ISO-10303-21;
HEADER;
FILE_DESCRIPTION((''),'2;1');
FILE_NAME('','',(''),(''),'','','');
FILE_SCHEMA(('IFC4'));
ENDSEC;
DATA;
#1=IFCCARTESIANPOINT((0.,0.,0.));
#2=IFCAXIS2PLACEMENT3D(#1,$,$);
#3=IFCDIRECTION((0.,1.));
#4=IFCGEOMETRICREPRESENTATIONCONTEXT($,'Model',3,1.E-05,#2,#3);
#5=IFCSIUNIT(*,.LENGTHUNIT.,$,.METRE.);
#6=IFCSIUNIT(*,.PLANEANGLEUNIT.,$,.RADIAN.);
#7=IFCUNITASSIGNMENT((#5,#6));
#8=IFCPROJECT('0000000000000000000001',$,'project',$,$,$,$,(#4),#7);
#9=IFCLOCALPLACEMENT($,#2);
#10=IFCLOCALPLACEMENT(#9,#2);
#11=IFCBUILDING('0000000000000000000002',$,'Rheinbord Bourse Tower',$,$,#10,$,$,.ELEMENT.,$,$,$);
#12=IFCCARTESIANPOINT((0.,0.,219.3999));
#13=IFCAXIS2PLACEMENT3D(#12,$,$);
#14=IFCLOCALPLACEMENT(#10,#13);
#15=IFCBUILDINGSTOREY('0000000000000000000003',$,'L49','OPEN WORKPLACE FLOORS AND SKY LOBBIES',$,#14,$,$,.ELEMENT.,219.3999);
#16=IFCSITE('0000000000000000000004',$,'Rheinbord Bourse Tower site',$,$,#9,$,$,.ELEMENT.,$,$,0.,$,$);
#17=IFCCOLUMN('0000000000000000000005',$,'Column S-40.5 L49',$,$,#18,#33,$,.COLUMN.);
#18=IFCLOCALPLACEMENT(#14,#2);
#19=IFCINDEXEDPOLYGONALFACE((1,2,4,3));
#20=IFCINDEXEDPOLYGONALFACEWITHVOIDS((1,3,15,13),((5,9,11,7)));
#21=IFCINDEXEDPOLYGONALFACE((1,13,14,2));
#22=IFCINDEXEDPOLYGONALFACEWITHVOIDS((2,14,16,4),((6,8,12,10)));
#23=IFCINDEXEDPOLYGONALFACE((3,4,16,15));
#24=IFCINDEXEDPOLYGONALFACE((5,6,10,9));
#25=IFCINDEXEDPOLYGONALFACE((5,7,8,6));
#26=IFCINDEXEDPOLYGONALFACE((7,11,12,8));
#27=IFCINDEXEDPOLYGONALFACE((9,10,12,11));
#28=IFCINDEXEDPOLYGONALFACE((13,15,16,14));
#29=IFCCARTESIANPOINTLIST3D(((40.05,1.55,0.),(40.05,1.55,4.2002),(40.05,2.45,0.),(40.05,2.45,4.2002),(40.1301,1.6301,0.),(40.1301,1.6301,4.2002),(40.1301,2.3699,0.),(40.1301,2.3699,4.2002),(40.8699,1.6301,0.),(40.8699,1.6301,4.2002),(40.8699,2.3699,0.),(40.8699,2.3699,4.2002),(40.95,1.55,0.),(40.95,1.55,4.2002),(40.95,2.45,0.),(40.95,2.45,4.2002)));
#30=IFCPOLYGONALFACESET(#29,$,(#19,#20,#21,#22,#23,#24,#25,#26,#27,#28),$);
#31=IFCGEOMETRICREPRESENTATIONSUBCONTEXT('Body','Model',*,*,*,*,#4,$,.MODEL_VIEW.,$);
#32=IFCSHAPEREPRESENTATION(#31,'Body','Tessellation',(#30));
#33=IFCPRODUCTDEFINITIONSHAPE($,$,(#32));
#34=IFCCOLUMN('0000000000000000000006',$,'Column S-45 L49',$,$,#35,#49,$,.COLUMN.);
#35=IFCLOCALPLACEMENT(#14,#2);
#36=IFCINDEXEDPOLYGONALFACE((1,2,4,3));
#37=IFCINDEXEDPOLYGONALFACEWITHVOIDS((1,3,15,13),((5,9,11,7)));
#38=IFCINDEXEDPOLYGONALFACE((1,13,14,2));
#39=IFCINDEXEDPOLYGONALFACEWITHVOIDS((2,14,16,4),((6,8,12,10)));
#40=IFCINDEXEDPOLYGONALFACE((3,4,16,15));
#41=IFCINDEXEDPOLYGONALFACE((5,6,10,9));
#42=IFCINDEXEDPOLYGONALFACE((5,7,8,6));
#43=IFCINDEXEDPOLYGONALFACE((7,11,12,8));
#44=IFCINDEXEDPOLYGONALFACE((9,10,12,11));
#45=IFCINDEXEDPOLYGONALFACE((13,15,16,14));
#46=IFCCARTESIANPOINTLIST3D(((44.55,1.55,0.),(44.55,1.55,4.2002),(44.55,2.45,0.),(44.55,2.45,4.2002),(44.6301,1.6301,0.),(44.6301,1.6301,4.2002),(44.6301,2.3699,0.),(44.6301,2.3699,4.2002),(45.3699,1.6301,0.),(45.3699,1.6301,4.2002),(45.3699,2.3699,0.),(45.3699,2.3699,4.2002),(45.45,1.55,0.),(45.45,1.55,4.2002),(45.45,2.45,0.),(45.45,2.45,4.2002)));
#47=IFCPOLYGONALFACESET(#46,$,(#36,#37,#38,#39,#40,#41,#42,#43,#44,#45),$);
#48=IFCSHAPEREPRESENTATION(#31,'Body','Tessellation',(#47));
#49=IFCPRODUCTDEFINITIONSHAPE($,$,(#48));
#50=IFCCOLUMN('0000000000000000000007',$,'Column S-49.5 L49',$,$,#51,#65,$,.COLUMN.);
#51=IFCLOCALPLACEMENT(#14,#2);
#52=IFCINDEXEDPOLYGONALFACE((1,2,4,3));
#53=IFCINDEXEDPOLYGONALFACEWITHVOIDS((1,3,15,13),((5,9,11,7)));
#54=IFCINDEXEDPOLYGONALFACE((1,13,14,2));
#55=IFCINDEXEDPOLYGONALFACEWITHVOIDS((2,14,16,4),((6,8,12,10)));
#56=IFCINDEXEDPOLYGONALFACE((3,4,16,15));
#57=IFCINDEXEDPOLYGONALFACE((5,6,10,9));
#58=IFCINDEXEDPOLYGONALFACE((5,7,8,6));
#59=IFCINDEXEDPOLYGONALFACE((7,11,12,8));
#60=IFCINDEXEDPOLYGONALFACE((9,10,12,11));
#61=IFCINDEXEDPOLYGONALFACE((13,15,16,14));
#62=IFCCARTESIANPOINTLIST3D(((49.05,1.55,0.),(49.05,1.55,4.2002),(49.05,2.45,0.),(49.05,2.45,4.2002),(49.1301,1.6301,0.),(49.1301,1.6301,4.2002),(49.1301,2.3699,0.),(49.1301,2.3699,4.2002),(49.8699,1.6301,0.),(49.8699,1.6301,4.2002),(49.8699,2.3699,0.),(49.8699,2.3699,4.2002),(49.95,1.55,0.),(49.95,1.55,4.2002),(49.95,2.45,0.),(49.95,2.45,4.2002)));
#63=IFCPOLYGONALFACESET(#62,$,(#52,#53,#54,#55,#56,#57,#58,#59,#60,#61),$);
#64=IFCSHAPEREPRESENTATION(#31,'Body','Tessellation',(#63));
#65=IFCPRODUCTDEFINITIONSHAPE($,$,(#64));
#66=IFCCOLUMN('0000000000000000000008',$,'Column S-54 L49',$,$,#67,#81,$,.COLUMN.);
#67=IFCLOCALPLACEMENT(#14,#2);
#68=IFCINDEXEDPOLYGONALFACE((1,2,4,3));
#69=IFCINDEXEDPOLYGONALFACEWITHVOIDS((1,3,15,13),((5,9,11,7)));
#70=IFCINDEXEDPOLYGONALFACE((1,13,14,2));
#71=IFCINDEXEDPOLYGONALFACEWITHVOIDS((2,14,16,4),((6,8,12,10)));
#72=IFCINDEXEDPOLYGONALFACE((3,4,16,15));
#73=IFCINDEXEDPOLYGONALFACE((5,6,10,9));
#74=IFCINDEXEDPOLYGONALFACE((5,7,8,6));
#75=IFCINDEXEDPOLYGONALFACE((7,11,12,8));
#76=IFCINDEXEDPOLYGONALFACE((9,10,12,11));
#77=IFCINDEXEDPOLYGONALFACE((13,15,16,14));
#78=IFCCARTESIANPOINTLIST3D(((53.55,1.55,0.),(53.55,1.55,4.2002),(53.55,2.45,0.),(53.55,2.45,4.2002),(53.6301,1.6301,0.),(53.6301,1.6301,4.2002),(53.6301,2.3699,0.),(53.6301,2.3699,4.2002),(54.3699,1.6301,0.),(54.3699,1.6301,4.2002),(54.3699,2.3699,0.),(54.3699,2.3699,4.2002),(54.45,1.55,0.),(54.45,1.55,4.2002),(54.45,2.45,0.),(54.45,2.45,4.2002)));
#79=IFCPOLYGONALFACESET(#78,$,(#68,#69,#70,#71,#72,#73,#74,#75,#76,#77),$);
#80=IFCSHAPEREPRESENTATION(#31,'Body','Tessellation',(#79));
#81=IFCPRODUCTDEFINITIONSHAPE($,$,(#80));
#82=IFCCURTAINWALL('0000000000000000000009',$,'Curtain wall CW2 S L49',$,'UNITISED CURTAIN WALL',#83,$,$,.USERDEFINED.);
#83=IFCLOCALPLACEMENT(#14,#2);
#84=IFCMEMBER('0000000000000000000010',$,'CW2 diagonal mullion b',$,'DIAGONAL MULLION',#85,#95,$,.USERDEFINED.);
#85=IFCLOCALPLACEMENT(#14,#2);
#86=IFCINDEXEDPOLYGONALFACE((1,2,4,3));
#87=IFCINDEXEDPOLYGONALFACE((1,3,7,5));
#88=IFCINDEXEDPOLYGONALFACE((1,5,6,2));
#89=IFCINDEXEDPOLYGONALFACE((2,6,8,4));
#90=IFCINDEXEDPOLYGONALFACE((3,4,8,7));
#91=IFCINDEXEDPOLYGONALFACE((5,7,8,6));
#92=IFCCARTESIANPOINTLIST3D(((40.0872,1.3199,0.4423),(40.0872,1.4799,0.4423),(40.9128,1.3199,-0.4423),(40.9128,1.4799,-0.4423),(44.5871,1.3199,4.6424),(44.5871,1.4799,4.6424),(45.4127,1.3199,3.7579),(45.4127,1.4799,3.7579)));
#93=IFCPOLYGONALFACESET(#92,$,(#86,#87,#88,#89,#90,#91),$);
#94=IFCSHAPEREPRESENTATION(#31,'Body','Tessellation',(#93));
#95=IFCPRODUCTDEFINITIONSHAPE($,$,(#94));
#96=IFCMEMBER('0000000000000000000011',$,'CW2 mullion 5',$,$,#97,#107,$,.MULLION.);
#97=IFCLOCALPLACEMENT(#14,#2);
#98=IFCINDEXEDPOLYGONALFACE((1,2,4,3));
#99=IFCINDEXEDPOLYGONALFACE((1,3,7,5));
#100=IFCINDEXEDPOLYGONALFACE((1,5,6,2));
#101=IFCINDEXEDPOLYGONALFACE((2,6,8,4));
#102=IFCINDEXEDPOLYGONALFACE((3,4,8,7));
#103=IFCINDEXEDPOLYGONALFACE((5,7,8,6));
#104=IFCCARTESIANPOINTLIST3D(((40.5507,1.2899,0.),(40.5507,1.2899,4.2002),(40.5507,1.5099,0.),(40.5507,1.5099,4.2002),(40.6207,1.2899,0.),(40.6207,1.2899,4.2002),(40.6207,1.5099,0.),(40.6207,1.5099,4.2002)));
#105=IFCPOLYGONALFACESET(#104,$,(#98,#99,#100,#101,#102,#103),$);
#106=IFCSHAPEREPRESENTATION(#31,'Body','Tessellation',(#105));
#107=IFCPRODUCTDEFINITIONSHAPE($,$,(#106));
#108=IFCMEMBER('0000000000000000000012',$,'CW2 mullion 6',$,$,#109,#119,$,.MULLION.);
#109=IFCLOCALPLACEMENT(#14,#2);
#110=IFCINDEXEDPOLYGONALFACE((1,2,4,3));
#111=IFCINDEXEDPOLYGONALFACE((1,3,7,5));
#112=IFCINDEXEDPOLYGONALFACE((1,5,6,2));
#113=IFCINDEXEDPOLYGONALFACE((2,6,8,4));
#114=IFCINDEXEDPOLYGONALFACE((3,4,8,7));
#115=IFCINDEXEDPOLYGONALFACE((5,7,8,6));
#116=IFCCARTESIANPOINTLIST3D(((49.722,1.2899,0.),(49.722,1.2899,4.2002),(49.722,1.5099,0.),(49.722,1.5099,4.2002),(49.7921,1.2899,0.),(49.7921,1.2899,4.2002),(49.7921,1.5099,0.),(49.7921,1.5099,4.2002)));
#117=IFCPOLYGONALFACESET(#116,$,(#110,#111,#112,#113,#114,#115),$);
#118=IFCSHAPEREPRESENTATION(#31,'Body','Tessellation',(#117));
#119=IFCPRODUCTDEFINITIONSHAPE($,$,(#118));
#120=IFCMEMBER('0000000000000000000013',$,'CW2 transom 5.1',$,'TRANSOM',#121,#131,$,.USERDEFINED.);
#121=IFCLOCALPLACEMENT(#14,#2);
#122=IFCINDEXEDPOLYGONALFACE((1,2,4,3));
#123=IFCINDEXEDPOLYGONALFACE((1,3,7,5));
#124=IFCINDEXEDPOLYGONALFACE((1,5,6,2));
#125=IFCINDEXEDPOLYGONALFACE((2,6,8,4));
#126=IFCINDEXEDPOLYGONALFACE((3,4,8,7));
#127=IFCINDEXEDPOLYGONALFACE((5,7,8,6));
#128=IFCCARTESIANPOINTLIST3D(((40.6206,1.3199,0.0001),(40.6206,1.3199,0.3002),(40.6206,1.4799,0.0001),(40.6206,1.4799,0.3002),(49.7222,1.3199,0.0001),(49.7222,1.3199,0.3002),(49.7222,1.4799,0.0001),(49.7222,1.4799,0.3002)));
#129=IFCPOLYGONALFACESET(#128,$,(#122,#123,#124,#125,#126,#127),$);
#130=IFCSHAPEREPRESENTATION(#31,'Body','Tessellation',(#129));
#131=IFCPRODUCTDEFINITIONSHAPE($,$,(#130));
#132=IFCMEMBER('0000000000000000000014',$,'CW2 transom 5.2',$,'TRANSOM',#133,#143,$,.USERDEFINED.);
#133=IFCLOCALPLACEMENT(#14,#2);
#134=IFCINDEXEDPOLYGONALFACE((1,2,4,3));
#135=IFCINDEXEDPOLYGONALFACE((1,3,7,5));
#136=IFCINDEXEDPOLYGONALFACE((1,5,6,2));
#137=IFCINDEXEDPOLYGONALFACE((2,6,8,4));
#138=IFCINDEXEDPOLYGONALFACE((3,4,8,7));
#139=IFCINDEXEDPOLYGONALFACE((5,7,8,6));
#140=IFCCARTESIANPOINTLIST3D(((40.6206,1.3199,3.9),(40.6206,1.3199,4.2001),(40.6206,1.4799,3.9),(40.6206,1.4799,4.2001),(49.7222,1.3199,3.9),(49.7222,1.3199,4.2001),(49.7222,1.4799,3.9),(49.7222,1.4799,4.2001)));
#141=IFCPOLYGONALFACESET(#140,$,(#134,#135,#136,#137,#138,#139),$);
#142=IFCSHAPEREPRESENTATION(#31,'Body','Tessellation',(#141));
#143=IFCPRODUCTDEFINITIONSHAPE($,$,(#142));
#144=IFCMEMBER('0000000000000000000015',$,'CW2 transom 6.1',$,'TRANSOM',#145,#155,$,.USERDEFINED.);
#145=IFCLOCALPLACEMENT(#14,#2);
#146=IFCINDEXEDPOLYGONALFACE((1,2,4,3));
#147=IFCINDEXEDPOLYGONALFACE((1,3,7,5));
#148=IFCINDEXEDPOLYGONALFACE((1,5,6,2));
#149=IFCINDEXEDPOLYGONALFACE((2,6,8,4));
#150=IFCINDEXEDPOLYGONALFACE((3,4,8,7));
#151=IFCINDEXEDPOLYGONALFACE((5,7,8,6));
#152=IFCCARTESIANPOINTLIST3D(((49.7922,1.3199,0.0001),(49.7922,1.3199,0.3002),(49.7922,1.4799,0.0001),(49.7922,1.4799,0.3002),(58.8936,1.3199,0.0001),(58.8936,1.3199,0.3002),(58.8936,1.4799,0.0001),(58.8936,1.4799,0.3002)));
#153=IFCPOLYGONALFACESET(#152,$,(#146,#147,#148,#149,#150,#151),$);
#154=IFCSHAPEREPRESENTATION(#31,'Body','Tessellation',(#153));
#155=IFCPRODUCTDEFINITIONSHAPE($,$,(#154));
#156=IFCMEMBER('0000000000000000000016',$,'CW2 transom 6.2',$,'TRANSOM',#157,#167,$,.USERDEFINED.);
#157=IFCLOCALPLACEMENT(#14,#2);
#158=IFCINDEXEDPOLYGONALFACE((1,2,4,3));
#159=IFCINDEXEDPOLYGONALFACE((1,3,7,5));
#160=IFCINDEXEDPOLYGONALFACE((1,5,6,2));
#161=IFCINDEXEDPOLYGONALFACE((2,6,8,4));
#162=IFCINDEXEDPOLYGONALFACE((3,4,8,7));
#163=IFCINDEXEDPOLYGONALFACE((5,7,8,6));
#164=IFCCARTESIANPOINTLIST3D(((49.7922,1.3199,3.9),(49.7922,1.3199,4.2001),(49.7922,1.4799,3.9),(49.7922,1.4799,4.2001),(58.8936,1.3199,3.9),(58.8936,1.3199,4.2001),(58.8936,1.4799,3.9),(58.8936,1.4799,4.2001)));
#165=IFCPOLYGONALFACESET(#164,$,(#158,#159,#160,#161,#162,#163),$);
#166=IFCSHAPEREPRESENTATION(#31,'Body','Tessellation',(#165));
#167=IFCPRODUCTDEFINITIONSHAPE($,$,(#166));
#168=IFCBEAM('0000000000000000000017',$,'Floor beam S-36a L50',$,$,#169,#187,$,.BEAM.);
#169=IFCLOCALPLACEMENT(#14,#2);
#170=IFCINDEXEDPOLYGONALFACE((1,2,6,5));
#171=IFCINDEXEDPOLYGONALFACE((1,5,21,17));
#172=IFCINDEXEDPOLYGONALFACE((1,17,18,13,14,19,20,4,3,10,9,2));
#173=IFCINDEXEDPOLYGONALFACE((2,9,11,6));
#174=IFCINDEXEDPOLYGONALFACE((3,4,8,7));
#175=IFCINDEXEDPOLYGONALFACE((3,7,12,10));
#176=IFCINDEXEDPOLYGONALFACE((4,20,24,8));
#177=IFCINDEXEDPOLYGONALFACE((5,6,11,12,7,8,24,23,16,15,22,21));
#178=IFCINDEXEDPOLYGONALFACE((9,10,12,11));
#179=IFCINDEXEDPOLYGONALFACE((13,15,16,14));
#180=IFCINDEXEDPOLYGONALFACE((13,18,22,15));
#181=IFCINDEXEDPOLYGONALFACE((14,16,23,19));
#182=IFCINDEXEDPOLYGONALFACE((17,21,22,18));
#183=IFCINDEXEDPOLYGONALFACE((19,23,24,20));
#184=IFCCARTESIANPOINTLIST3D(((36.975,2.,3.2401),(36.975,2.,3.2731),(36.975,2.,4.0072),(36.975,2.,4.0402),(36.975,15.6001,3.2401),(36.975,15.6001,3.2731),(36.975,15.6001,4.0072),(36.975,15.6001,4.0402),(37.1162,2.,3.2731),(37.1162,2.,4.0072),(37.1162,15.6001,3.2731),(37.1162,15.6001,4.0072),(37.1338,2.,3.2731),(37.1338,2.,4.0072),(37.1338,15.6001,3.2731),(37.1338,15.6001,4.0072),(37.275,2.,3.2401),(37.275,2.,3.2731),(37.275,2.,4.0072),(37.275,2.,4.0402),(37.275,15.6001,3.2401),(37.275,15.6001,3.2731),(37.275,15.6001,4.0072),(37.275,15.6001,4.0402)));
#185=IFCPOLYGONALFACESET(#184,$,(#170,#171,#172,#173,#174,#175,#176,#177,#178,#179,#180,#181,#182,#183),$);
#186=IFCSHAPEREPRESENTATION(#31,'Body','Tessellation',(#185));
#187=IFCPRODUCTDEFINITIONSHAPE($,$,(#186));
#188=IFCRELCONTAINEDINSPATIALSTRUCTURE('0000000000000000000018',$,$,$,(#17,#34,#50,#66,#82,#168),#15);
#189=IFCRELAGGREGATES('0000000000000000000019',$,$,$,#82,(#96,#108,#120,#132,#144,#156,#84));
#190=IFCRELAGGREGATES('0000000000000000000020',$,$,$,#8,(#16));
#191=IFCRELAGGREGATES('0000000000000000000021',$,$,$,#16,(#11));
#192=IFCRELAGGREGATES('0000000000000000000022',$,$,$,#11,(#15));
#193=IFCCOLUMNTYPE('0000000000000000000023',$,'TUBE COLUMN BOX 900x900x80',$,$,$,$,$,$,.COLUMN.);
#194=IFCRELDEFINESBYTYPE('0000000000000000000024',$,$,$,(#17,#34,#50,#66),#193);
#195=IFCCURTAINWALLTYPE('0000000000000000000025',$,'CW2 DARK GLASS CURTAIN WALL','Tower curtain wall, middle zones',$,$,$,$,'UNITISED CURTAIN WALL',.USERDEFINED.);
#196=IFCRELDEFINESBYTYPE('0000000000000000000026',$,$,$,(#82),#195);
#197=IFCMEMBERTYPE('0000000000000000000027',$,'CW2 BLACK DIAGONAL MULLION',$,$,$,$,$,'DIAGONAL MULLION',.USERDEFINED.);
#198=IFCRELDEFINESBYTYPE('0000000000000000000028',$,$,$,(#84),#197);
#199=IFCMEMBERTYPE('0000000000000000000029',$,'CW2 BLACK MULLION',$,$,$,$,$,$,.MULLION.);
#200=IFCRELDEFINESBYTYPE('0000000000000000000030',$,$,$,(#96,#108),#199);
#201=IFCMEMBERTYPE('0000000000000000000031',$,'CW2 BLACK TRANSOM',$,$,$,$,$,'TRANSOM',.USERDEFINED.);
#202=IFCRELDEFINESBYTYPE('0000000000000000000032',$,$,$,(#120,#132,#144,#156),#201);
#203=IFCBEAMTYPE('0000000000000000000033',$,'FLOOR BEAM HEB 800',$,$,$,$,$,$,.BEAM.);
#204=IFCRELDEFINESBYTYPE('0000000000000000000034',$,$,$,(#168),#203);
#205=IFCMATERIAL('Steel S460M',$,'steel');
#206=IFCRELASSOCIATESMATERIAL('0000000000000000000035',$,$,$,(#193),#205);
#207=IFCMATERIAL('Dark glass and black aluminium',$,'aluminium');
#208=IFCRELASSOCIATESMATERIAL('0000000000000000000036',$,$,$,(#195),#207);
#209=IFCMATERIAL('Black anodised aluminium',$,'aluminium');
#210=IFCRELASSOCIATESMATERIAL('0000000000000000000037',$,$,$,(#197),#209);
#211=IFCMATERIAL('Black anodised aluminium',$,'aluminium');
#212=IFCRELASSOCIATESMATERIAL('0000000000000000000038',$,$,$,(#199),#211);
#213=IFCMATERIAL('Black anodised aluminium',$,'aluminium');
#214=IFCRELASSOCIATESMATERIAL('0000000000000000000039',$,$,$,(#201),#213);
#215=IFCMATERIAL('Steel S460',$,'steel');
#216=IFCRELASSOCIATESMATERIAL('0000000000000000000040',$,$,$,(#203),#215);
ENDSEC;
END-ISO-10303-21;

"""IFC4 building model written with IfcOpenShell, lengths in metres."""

from ifc_helpers import new_model, si_unit, direction, frame, origin, origin_2d, place, context, subcontext, project, spatial, rectangle, hollow_rectangle, i_section, extrude, material, material_profile, profile_set, type_object, element, aggregate, save


model = new_model("IFC4")

# Units and contexts
model_context = context("Model", 3, precision=1e-05, world=origin(), true_north=direction((0.0, 1.0)))
body_context = subcontext(model_context, "Body", "Model", "MODEL_VIEW")
ifc_project = project(units=[si_unit("LENGTHUNIT", "METRE"), si_unit("PLANEANGLEUNIT", "RADIAN")], contexts=[model_context])

# Site, building, storey
site_placement = place(None, origin())
site = spatial("IfcSite", under=ifc_project, at=site_placement, Name="Rheinbord Bourse Tower site", CompositionType="ELEMENT", RefElevation=0.0)
building_placement = place(site_placement, origin())
building = spatial("IfcBuilding", under=site, at=building_placement, Name="Rheinbord Bourse Tower", CompositionType="ELEMENT")
storey_placement = place(building_placement, frame((0.0, 0.0, 219.3999)))
storey = spatial("IfcBuildingStorey", under=building, at=storey_placement, Name="L49", Description="OPEN WORKPLACE FLOORS AND SKY LOBBIES", CompositionType="ELEMENT", Elevation=219.3999)

# Columns
ifc_material_1 = material(Name="Steel S460M", Category="steel")
ifc_material_profile_1 = material_profile(ifc_material_1, hollow_rectangle(XDim=0.8999, YDim=0.8999, WallThickness=0.0801, at=origin_2d()), Name="BOX 900x900x80")
ifc_profile_set_1 = profile_set([ifc_material_profile_1], Name="Steel S460M")
column_type = type_object("IfcColumnType", Name="TUBE COLUMN BOX 900x900x80", PredefinedType="COLUMN", material=ifc_profile_set_1)
for number, where, z_axis, x_axis, name in (
    (1, (40.5, 2.0, 0.0), (0.0, 0.0, 1.0), (0.0, 1.0, 0.0), "Column S-40.5 L49"),
    (2, (45.0, 2.0, 0.0), (0.0, 0.0, 1.0), (0.0, 1.0, 0.0), "Column S-45 L49"),
    (3, (49.5, 2.0, 0.0), (0.0, 0.0, 1.0), (0.0, 1.0, 0.0), "Column S-49.5 L49"),
    (4, (54.0, 2.0, 0.0), (0.0, 0.0, 1.0), (0.0, 1.0, 0.0), "Column S-54 L49"),
):
    element("IfcColumn", number, at=place(storey_placement, frame(where, z_axis=z_axis, x_axis=x_axis)), inside=storey, type_object=column_type, Name=name, PredefinedType="COLUMN", context=body_context, shape_type="SweptSolid", body=[
        extrude(hollow_rectangle(XDim=0.8999, YDim=0.8999, WallThickness=0.0801, at=origin_2d()), origin(), (0.0, 0.0, 1.0), 4.2002),
    ])

# Curtain wall, members
ifc_material_2 = material(Name="Dark glass and black aluminium", Category="aluminium")
curtain_wall_type = type_object("IfcCurtainWallType", Name="CW2 DARK GLASS CURTAIN WALL", Description="Tower curtain wall, middle zones", ElementType="UNITISED CURTAIN WALL", PredefinedType="USERDEFINED", material=ifc_material_2)
curtain_wall_placement = place(storey_placement, origin())
curtain_wall = element("IfcCurtainWall", 5, at=curtain_wall_placement, inside=storey, type_object=curtain_wall_type, Name="Curtain wall CW2 S L49", ObjectType="UNITISED CURTAIN WALL", PredefinedType="USERDEFINED")
ifc_material_3 = material(Name="Black anodised aluminium", Category="aluminium")
ifc_material_profile_2 = material_profile(ifc_material_3, rectangle(XDim=0.1599, YDim=1.21, at=origin_2d()), Name="CW2 DIAGONAL MULLION 1210x160")
ifc_profile_set_2 = profile_set([ifc_material_profile_2], Name="Black anodised aluminium")
member_type_1 = type_object("IfcMemberType", Name="CW2 BLACK DIAGONAL MULLION", ElementType="DIAGONAL MULLION", PredefinedType="USERDEFINED", material=ifc_profile_set_2)
member_1_placement = place(storey_placement, frame((40.5, 1.3999, 0.0), z_axis=(0.731039, 0.0, 0.682335), x_axis=(0.0, 1.0, 0.0)))
member_1 = element("IfcMember", 6, at=member_1_placement, type_object=member_type_1, Name="CW2 diagonal mullion b", ObjectType="DIAGONAL MULLION", PredefinedType="USERDEFINED", context=body_context, shape_type="SweptSolid", body=[
    extrude(rectangle(XDim=0.1599, YDim=1.21, at=origin_2d()), origin(), (0.0, 0.0, 1.0), 6.1555),
])
ifc_material_4 = material(Name="Black anodised aluminium", Category="aluminium")
ifc_material_profile_3 = material_profile(ifc_material_4, rectangle(XDim=0.22, YDim=0.0701, at=origin_2d()), Name="CW2 MULLION 70x220")
ifc_profile_set_3 = profile_set([ifc_material_profile_3], Name="Black anodised aluminium")
member_type_2 = type_object("IfcMemberType", Name="CW2 BLACK MULLION", PredefinedType="MULLION", material=ifc_profile_set_3)
member_2_placement = place(storey_placement, frame((40.5857, 1.3999, 0.0), z_axis=(0.0, 0.0, 1.0), x_axis=(0.0, 1.0, 0.0)))
member_2 = element("IfcMember", 7, at=member_2_placement, type_object=member_type_2, Name="CW2 mullion 5", PredefinedType="MULLION", context=body_context, shape_type="SweptSolid", body=[
    extrude(rectangle(XDim=0.22, YDim=0.0701, at=origin_2d()), origin(), (0.0, 0.0, 1.0), 4.2002),
])
member_3_placement = place(storey_placement, frame((49.7571, 1.3999, 0.0), z_axis=(0.0, 0.0, 1.0), x_axis=(0.0, 1.0, 0.0)))
member_3 = element("IfcMember", 8, at=member_3_placement, type_object=member_type_2, Name="CW2 mullion 6", PredefinedType="MULLION", context=body_context, shape_type="SweptSolid", body=[
    extrude(rectangle(XDim=0.22, YDim=0.0701, at=origin_2d()), origin(), (0.0, 0.0, 1.0), 4.2002),
])
ifc_material_5 = material(Name="Black anodised aluminium", Category="aluminium")
ifc_material_profile_4 = material_profile(ifc_material_5, rectangle(XDim=0.1599, YDim=0.3, at=origin_2d()), Name="CW2 TRANSOM 300x160")
ifc_profile_set_4 = profile_set([ifc_material_profile_4], Name="Black anodised aluminium")
member_type_3 = type_object("IfcMemberType", Name="CW2 BLACK TRANSOM", ElementType="TRANSOM", PredefinedType="USERDEFINED", material=ifc_profile_set_4)
member_4_placement = place(storey_placement, frame((40.6206, 1.3999, 0.1501), z_axis=(1.0, 0.0, 0.0), x_axis=(0.0, 1.0, 0.0)))
member_4 = element("IfcMember", 9, at=member_4_placement, type_object=member_type_3, Name="CW2 transom 5.1", ObjectType="TRANSOM", PredefinedType="USERDEFINED", context=body_context, shape_type="SweptSolid", body=[
    extrude(rectangle(XDim=0.1599, YDim=0.3, at=origin_2d()), origin(), (0.0, 0.0, 1.0), 9.1016),
])
member_5_placement = place(storey_placement, frame((40.6206, 1.3999, 4.05), z_axis=(1.0, 0.0, 0.0), x_axis=(0.0, 1.0, 0.0)))
member_5 = element("IfcMember", 10, at=member_5_placement, type_object=member_type_3, Name="CW2 transom 5.2", ObjectType="TRANSOM", PredefinedType="USERDEFINED", context=body_context, shape_type="SweptSolid", body=[
    extrude(rectangle(XDim=0.1599, YDim=0.3, at=origin_2d()), origin(), (0.0, 0.0, 1.0), 9.1016),
])
member_6_placement = place(storey_placement, frame((49.7922, 1.3999, 0.1501), z_axis=(1.0, 0.0, 0.0), x_axis=(0.0, 1.0, 0.0)))
member_6 = element("IfcMember", 11, at=member_6_placement, type_object=member_type_3, Name="CW2 transom 6.1", ObjectType="TRANSOM", PredefinedType="USERDEFINED", context=body_context, shape_type="SweptSolid", body=[
    extrude(rectangle(XDim=0.1599, YDim=0.3, at=origin_2d()), origin(), (0.0, 0.0, 1.0), 9.1013),
])
member_7_placement = place(storey_placement, frame((49.7922, 1.3999, 4.05), z_axis=(1.0, 0.0, 0.0), x_axis=(0.0, 1.0, 0.0)))
member_7 = element("IfcMember", 12, at=member_7_placement, type_object=member_type_3, Name="CW2 transom 6.2", ObjectType="TRANSOM", PredefinedType="USERDEFINED", context=body_context, shape_type="SweptSolid", body=[
    extrude(rectangle(XDim=0.1599, YDim=0.3, at=origin_2d()), origin(), (0.0, 0.0, 1.0), 9.1013),
])

# Beam
ifc_material_6 = material(Name="Steel S460", Category="steel")
ifc_material_profile_5 = material_profile(ifc_material_6, i_section(OverallWidth=0.3, OverallDepth=0.8, WebThickness=0.0176, FlangeThickness=0.033, at=origin_2d()), Name="HEB 800")
ifc_profile_set_5 = profile_set([ifc_material_profile_5], Name="Steel S460")
beam_type_1 = type_object("IfcBeamType", Name="FLOOR BEAM HEB 800", PredefinedType="BEAM", material=ifc_profile_set_5)
for number, where, z_axis, x_axis, name in (
    (13, (37.125, 2.0, 3.6401), (0.0, 1.0, 0.0), (-1.0, 0.0, 0.0), "Floor beam S-36a L50"),
):
    element("IfcBeam", number, at=place(storey_placement, frame(where, z_axis=z_axis, x_axis=x_axis)), inside=storey, type_object=beam_type_1, Name=name, PredefinedType="BEAM", context=body_context, shape_type="SweptSolid", body=[
        extrude(i_section(OverallWidth=0.3, OverallDepth=0.8, WebThickness=0.0176, FlangeThickness=0.033, at=origin_2d()), origin(), (0.0, 0.0, 1.0), 13.6001),
    ])

aggregate(curtain_wall, [member_2, member_3, member_4, member_5, member_6, member_7, member_1])

save(model, "model.ifc")
